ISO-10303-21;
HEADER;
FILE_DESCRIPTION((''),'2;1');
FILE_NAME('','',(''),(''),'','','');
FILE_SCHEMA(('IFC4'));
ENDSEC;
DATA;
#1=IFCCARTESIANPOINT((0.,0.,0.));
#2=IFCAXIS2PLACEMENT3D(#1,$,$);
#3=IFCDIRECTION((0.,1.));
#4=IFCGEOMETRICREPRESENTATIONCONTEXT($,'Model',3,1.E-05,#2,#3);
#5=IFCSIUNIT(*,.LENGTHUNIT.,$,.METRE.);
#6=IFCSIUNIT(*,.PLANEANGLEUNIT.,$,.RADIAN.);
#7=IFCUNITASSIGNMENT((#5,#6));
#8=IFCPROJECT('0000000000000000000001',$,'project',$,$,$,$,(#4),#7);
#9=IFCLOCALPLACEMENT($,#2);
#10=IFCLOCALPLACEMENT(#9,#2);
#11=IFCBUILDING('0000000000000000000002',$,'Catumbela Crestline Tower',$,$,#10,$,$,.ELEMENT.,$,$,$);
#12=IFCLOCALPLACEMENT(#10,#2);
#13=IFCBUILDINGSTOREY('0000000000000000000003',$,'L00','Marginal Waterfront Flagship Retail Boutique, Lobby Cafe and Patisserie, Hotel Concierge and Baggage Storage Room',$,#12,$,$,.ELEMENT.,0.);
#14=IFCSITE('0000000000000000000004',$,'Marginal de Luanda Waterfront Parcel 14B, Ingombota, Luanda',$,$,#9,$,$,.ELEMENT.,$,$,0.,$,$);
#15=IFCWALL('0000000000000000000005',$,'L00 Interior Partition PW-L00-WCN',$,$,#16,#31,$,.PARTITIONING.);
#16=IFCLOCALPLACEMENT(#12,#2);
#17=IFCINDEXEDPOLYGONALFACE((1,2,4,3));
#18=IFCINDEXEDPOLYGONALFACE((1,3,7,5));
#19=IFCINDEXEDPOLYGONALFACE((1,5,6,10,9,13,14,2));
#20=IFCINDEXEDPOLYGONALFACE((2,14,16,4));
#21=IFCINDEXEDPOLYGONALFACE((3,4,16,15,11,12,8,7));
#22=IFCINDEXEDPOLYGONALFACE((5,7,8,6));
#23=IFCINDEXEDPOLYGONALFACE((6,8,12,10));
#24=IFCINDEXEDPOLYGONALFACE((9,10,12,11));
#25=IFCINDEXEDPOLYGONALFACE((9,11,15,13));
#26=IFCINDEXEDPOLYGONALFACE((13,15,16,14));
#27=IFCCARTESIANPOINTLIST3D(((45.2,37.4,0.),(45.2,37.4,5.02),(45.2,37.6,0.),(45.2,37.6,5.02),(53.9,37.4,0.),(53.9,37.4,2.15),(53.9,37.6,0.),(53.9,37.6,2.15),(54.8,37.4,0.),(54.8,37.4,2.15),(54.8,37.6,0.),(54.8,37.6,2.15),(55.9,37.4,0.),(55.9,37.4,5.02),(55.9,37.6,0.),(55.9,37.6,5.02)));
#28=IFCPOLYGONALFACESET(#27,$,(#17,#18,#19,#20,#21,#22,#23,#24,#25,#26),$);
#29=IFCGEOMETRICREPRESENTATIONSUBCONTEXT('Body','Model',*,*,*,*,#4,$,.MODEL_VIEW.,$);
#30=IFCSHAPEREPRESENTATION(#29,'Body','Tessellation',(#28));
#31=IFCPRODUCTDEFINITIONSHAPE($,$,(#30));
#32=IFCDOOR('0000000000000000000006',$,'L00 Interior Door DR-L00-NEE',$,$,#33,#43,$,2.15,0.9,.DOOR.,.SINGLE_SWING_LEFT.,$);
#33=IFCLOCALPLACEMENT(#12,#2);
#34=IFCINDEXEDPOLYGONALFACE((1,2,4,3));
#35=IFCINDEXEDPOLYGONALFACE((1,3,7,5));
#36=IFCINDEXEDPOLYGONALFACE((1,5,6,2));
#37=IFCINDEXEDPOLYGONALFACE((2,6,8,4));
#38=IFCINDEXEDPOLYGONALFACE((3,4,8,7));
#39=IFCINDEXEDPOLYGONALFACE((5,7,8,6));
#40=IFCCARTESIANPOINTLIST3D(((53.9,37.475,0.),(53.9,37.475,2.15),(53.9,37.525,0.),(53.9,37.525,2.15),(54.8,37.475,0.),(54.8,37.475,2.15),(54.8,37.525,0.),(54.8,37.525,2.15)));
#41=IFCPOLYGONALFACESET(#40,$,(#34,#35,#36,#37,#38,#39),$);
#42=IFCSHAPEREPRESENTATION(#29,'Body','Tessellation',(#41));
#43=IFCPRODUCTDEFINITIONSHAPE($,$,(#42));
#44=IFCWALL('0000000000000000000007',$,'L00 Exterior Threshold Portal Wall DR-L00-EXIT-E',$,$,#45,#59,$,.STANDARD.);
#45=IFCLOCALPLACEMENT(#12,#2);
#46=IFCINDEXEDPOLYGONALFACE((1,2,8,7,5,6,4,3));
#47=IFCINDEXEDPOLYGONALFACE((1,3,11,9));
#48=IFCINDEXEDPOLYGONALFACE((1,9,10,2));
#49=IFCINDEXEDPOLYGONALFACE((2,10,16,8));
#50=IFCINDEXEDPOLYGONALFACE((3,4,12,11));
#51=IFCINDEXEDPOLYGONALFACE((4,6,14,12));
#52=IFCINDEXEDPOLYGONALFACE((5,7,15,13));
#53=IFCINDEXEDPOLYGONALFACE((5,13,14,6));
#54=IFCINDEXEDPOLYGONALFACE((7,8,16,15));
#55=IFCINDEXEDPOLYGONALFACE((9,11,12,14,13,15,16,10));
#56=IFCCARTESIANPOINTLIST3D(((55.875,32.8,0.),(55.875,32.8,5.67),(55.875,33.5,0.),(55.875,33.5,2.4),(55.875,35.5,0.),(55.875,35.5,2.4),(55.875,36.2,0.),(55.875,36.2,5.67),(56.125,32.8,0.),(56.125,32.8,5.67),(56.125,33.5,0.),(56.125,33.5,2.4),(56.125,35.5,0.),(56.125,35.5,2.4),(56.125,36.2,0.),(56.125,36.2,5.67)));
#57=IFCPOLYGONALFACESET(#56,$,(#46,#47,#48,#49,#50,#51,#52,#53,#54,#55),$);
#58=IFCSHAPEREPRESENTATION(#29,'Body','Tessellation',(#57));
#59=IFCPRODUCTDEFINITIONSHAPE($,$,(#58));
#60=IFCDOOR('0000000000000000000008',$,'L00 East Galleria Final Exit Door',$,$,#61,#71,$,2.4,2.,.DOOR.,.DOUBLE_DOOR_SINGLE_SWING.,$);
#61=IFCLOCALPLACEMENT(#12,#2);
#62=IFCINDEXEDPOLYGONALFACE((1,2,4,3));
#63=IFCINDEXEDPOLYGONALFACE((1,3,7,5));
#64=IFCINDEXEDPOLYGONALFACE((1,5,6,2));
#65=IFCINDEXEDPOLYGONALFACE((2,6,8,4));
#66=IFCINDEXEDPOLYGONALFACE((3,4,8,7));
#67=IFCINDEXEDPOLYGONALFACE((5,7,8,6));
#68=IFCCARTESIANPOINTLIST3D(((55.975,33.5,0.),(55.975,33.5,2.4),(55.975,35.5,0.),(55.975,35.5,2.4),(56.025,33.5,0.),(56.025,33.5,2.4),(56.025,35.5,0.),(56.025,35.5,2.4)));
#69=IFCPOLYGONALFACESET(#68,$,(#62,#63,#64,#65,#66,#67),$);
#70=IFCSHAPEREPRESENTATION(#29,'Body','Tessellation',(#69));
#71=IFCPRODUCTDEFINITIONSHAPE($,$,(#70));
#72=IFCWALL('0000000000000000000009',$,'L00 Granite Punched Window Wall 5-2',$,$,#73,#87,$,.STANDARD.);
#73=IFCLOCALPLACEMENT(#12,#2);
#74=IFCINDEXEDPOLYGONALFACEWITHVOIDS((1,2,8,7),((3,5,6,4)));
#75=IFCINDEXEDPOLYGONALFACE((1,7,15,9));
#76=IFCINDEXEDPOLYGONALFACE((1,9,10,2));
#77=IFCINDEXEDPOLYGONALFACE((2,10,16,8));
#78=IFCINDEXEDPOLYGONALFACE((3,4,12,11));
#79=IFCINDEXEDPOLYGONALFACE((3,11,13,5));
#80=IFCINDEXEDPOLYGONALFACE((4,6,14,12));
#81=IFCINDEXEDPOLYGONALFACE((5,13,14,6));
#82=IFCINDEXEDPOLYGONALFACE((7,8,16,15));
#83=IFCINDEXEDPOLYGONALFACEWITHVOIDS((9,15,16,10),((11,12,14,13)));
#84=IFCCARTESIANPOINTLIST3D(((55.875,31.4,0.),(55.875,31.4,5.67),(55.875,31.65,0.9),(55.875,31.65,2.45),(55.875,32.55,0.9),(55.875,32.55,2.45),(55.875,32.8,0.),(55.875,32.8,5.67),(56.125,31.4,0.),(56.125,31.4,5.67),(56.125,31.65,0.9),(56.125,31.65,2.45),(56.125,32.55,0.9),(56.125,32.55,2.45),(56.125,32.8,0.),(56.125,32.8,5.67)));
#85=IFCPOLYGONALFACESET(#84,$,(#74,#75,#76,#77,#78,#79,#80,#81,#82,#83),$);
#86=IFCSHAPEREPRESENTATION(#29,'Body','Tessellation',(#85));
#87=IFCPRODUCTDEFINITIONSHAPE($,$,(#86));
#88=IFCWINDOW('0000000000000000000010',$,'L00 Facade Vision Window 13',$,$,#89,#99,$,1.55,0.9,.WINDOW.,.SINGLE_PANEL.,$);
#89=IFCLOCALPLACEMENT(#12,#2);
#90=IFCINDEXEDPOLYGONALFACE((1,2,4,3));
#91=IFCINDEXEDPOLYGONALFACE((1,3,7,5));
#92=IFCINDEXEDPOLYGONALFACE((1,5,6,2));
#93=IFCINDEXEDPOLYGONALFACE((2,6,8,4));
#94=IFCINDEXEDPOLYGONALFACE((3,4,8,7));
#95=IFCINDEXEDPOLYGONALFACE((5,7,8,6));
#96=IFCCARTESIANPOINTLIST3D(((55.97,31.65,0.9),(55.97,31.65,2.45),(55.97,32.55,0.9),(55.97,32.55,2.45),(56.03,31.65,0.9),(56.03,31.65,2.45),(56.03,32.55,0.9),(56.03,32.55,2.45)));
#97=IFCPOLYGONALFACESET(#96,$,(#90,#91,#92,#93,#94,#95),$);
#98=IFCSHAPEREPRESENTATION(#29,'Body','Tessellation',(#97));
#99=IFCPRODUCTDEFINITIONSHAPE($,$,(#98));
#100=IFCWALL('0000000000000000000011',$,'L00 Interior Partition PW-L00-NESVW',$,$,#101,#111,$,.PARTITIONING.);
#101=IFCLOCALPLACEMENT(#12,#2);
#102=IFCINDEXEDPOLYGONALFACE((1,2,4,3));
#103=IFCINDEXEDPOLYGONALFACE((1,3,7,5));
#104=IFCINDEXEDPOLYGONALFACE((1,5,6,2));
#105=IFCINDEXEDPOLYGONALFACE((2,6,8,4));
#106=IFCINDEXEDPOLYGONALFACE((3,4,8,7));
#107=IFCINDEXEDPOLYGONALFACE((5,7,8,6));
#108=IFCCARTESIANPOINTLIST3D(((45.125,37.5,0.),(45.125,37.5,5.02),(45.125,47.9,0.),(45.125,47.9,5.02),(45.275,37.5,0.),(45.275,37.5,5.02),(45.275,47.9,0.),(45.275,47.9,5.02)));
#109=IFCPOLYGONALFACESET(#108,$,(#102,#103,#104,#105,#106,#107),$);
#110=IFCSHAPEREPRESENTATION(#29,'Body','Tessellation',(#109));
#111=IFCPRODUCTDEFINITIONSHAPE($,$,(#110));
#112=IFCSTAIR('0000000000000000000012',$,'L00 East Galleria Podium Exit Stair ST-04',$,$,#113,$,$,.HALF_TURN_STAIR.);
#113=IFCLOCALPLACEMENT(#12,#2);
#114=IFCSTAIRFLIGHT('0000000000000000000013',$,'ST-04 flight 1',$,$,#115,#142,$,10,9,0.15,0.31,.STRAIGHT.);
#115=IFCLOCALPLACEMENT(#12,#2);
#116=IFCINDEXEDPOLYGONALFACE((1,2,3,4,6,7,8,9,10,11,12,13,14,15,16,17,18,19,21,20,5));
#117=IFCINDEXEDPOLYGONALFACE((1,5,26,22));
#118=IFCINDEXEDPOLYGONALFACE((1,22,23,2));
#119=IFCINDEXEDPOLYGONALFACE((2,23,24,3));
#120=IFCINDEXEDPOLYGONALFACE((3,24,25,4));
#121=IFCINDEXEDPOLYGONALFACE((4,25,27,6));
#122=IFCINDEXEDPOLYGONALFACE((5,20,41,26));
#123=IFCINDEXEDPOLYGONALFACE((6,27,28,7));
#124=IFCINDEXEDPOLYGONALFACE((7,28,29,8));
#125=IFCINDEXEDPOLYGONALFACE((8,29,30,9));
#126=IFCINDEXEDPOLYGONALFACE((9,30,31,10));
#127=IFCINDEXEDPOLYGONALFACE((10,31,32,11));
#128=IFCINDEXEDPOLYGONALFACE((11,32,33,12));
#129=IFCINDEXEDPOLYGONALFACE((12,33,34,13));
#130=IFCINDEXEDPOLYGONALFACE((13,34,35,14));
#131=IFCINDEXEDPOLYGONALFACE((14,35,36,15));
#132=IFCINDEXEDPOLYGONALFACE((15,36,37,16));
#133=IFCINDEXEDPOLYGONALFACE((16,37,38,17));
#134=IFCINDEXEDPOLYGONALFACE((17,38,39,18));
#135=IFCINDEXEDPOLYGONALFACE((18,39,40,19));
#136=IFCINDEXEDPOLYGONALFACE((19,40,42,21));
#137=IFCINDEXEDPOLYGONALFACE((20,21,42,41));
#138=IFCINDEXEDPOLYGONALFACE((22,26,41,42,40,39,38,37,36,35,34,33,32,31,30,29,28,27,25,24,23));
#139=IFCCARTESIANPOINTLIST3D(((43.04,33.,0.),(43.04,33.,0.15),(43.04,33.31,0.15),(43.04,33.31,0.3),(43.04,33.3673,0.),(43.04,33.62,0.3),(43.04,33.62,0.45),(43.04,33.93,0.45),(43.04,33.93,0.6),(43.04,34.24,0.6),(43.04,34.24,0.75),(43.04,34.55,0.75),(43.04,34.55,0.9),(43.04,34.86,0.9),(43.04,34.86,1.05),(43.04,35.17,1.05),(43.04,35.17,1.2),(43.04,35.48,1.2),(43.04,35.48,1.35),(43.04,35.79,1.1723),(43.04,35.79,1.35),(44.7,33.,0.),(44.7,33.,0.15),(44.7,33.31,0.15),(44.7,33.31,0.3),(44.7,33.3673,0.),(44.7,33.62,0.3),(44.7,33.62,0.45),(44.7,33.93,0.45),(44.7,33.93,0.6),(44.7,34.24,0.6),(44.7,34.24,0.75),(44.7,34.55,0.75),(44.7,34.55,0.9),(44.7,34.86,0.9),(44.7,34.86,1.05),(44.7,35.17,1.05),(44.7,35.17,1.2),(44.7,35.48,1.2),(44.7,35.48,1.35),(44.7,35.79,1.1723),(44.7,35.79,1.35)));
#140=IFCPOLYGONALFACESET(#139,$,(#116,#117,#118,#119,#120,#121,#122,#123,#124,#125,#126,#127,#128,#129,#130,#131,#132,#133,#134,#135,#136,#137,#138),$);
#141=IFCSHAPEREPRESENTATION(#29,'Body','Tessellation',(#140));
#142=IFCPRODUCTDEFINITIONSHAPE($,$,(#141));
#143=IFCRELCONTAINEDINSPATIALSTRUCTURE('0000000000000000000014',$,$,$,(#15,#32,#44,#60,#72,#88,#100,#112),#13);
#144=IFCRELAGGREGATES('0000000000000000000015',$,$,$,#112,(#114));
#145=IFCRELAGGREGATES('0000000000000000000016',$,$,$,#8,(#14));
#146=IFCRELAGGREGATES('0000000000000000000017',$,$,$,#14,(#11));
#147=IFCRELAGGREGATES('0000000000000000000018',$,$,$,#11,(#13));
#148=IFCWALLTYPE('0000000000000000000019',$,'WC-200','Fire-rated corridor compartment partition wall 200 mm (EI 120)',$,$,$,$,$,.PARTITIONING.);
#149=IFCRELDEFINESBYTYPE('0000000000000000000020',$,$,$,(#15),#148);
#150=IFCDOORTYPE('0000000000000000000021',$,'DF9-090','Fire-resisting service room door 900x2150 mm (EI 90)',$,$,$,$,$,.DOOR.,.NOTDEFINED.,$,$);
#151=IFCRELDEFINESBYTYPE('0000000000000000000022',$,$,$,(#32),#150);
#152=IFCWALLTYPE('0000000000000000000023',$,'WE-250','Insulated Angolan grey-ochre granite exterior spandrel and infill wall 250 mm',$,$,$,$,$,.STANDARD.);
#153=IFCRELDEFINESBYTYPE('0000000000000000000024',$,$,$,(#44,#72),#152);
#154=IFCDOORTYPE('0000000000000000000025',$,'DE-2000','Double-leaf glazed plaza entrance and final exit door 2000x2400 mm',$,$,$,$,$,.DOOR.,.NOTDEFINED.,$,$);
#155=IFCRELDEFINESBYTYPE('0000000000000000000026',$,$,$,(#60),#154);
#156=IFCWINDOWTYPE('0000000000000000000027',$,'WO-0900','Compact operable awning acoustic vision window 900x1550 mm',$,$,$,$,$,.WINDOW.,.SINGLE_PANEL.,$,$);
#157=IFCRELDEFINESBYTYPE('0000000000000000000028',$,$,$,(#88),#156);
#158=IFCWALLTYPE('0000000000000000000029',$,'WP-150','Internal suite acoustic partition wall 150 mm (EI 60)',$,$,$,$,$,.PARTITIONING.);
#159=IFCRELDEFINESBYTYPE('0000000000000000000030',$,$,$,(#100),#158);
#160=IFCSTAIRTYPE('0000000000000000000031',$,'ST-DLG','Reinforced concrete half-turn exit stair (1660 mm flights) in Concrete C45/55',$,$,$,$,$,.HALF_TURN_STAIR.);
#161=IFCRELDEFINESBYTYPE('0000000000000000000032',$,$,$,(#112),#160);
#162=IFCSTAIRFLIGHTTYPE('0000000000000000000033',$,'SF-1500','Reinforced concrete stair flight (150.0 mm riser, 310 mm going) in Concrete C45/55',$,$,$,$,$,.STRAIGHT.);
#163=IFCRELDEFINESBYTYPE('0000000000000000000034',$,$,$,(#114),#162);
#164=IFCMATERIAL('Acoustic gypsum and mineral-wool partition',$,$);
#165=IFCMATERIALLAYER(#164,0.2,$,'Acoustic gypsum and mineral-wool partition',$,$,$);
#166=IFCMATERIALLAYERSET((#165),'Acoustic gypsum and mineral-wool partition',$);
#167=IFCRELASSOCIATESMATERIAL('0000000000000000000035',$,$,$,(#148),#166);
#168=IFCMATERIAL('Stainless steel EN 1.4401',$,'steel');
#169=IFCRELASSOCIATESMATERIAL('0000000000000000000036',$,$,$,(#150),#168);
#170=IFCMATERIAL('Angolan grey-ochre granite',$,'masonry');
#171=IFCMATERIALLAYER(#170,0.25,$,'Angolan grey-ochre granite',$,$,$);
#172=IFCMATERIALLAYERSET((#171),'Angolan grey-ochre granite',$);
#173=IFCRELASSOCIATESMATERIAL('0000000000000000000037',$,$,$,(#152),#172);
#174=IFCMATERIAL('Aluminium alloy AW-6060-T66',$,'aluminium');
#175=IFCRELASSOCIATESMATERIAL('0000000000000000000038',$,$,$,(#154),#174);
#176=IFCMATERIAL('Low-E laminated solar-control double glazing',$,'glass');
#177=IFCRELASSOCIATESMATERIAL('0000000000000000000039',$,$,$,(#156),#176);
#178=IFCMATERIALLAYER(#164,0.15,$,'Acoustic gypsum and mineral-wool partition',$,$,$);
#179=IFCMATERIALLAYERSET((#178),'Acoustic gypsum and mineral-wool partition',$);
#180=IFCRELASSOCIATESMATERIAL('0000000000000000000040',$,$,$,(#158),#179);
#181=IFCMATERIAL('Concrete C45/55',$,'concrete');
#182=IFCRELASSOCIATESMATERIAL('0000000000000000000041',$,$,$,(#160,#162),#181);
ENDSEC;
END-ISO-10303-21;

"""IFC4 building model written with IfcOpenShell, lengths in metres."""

from ifc_helpers import new_model, si_unit, direction, frame, frame_2d, origin, place, context, subcontext, project, spatial, polyline, rectangle, outline, extrude, material, layer, layer_set, type_object, element, fill, aggregate, save


model = new_model("IFC4")

# Units and contexts
model_context = context("Model", 3, precision=1e-05, world=origin(), true_north=direction((0.0, 1.0)))
body_context = subcontext(model_context, "Body", "Model", "MODEL_VIEW")
ifc_project = project(units=[si_unit("LENGTHUNIT", "METRE"), si_unit("PLANEANGLEUNIT", "RADIAN")], contexts=[model_context])

# Site, building, storey
site_placement = place(None, origin())
site = spatial("IfcSite", under=ifc_project, at=site_placement, Name="Marginal de Luanda Waterfront Parcel 14B, Ingombota, Luanda", CompositionType="ELEMENT", RefElevation=0.0)
building_placement = place(site_placement, origin())
building = spatial("IfcBuilding", under=site, at=building_placement, Name="Catumbela Crestline Tower", CompositionType="ELEMENT")
storey_placement = place(building_placement, origin())
storey = spatial("IfcBuildingStorey", under=building, at=storey_placement, Name="L00", Description="Marginal Waterfront Flagship Retail Boutique, Lobby Cafe and Patisserie, Hotel Concierge and Baggage Storage Room", CompositionType="ELEMENT", Elevation=0.0)

# Shared definitions
ifc_material_1 = material(Name="Aluminium alloy AW-6060-T66", Category="aluminium")
ifc_material_2 = material(Name="Low-E laminated solar-control double glazing", Category="glass")

# Walls, openings, doors
ifc_material_3 = material(Name="Stainless steel EN 1.4401", Category="steel")
ifc_material_4 = material(Name="Acoustic gypsum and mineral-wool partition")
ifc_layer_1 = layer(ifc_material_4, 0.2, Name="Acoustic gypsum and mineral-wool partition")
ifc_layer_set_1 = layer_set([ifc_layer_1], Name="Acoustic gypsum and mineral-wool partition")
wall_type_1 = type_object("IfcWallType", Name="WC-200", Description="Fire-rated corridor compartment partition wall 200 mm (EI 120)", PredefinedType="PARTITIONING", material=ifc_layer_set_1)
wall_1_placement = place(storey_placement, frame((45.2, 37.5, 0.0), z_axis=(0.0, 0.0, 1.0), x_axis=(1.0, 0.0, 0.0)))
wall_1 = element("IfcWall", 1, at=wall_1_placement, inside=storey, type_object=wall_type_1, Name="L00 Interior Partition PW-L00-WCN", PredefinedType="PARTITIONING", context=body_context, shape_type="SweptSolid", body=[
    extrude(rectangle(XDim=10.7, YDim=0.2, at=frame_2d((5.35, 0.0))), origin(), (0.0, 0.0, 1.0), 5.02),
])
opening_1_placement = place(wall_1_placement, frame((8.7, 0.0, 0.0)))
opening_1 = element("IfcOpeningElement", 2, at=opening_1_placement, cuts=wall_1, PredefinedType="OPENING", context=body_context, shape_type="SweptSolid", body=[
    extrude(rectangle(XDim=0.9, YDim=2.15, at=frame_2d((0.45, 1.075))), frame((0.0, 0.11, 0.0), z_axis=(0.0, -1.0, 0.0), x_axis=(1.0, 0.0, 0.0)), (0.0, 0.0, 1.0), 0.22),
])
door_type_1 = type_object("IfcDoorType", Name="DF9-090", Description="Fire-resisting service room door 900x2150 mm (EI 90)", OperationType="NOTDEFINED", PredefinedType="DOOR", material=ifc_material_3)
door_1_placement = place(opening_1_placement, origin())
door_1 = element("IfcDoor", 3, at=door_1_placement, inside=storey, type_object=door_type_1, Name="L00 Interior Door DR-L00-NEE", OperationType="SINGLE_SWING_LEFT", OverallHeight=2.15, OverallWidth=0.9, PredefinedType="DOOR", context=body_context, shape_type="SweptSolid", body=[
    extrude(rectangle(XDim=0.9, YDim=2.15, at=frame_2d((0.45, 1.075))), frame((0.0, 0.025, 0.0), z_axis=(0.0, -1.0, 0.0), x_axis=(1.0, 0.0, 0.0)), (0.0, 0.0, 1.0), 0.05),
])
fill(opening_1, door_1)
ifc_material_5 = material(Name="Angolan grey-ochre granite", Category="masonry")
ifc_layer_2 = layer(ifc_material_5, 0.25, Name="Angolan grey-ochre granite")
ifc_layer_set_2 = layer_set([ifc_layer_2], Name="Angolan grey-ochre granite")
wall_type_2 = type_object("IfcWallType", Name="WE-250", Description="Insulated Angolan grey-ochre granite exterior spandrel and infill wall 250 mm", PredefinedType="STANDARD", material=ifc_layer_set_2)
wall_2_placement = place(storey_placement, frame((56.0, 36.2, 0.0), z_axis=(0.0, 0.0, 1.0), x_axis=(0.0, -1.0, 0.0)))
wall_2 = element("IfcWall", 4, at=wall_2_placement, inside=storey, type_object=wall_type_2, Name="L00 Exterior Threshold Portal Wall DR-L00-EXIT-E", PredefinedType="STANDARD", context=body_context, shape_type="SweptSolid", body=[
    extrude(rectangle(XDim=3.4, YDim=0.25, at=frame_2d((1.7, 0.0))), origin(), (0.0, 0.0, 1.0), 5.67),
])
opening_2_placement = place(wall_2_placement, frame((0.7, 0.0, 0.0)))
opening_2 = element("IfcOpeningElement", 5, at=opening_2_placement, cuts=wall_2, PredefinedType="OPENING", context=body_context, shape_type="SweptSolid", body=[
    extrude(rectangle(XDim=2.0, YDim=2.4, at=frame_2d((1.0, 1.2))), frame((0.0, 0.135, 0.0), z_axis=(0.0, -1.0, 0.0), x_axis=(1.0, 0.0, 0.0)), (0.0, 0.0, 1.0), 0.27),
])
door_type_2 = type_object("IfcDoorType", Name="DE-2000", Description="Double-leaf glazed plaza entrance and final exit door 2000x2400 mm", OperationType="NOTDEFINED", PredefinedType="DOOR", material=ifc_material_1)
door_2_placement = place(opening_2_placement, origin())
door_2 = element("IfcDoor", 6, at=door_2_placement, inside=storey, type_object=door_type_2, Name="L00 East Galleria Final Exit Door", OperationType="DOUBLE_DOOR_SINGLE_SWING", OverallHeight=2.4, OverallWidth=2.0, PredefinedType="DOOR", context=body_context, shape_type="SweptSolid", body=[
    extrude(rectangle(XDim=2.0, YDim=2.4, at=frame_2d((1.0, 1.2))), frame((0.0, 0.025, 0.0), z_axis=(0.0, -1.0, 0.0), x_axis=(1.0, 0.0, 0.0)), (0.0, 0.0, 1.0), 0.05),
])
fill(opening_2, door_2)

# Wall, opening, window
wall_3_placement = place(storey_placement, frame((56.0, 31.4, 0.0), z_axis=(0.0, 0.0, 1.0), x_axis=(0.0, 1.0, 0.0)))
wall_3 = element("IfcWall", 7, at=wall_3_placement, inside=storey, type_object=wall_type_2, Name="L00 Granite Punched Window Wall 5-2", PredefinedType="STANDARD", context=body_context, shape_type="SweptSolid", body=[
    extrude(rectangle(XDim=1.4, YDim=0.25, at=frame_2d((0.7, 0.0))), origin(), (0.0, 0.0, 1.0), 5.67),
])
opening_3_placement = place(wall_3_placement, frame((0.25, 0.0, 0.9)))
opening_3 = element("IfcOpeningElement", 8, at=opening_3_placement, cuts=wall_3, PredefinedType="OPENING", context=body_context, shape_type="SweptSolid", body=[
    extrude(rectangle(XDim=0.9, YDim=1.55, at=frame_2d((0.45, 0.775))), frame((0.0, 0.135, 0.0), z_axis=(0.0, -1.0, 0.0), x_axis=(1.0, 0.0, 0.0)), (0.0, 0.0, 1.0), 0.27),
])
window_type = type_object("IfcWindowType", Name="WO-0900", Description="Compact operable awning acoustic vision window 900x1550 mm", PartitioningType="SINGLE_PANEL", PredefinedType="WINDOW", material=ifc_material_2)
window_placement = place(opening_3_placement, origin())
window = element("IfcWindow", 9, at=window_placement, inside=storey, type_object=window_type, Name="L00 Facade Vision Window 13", OverallHeight=1.55, OverallWidth=0.9, PartitioningType="SINGLE_PANEL", PredefinedType="WINDOW", context=body_context, shape_type="SweptSolid", body=[
    extrude(rectangle(XDim=0.9, YDim=1.55, at=frame_2d((0.45, 0.775))), frame((0.0, 0.03, 0.0), z_axis=(0.0, -1.0, 0.0), x_axis=(1.0, 0.0, 0.0)), (0.0, 0.0, 1.0), 0.06),
])
fill(opening_3, window)

# Wall
ifc_layer_3 = layer(ifc_material_4, 0.15, Name="Acoustic gypsum and mineral-wool partition")
ifc_layer_set_3 = layer_set([ifc_layer_3], Name="Acoustic gypsum and mineral-wool partition")
wall_type_3 = type_object("IfcWallType", Name="WP-150", Description="Internal suite acoustic partition wall 150 mm (EI 60)", PredefinedType="PARTITIONING", material=ifc_layer_set_3)
wall_4_placement = place(storey_placement, frame((45.2, 37.5, 0.0), z_axis=(0.0, 0.0, 1.0), x_axis=(0.0, 1.0, 0.0)))
element("IfcWall", 10, at=wall_4_placement, inside=storey, type_object=wall_type_3, Name="L00 Interior Partition PW-L00-NESVW", PredefinedType="PARTITIONING", context=body_context, shape_type="SweptSolid", body=[
    extrude(rectangle(XDim=10.4, YDim=0.15, at=frame_2d((5.2, 0.0))), origin(), (0.0, 0.0, 1.0), 5.02),
])

# Stair, stair flight
ifc_material_6 = material(Name="Concrete C45/55", Category="concrete")
stair_type = type_object("IfcStairType", Name="ST-DLG", Description="Reinforced concrete half-turn exit stair (1660 mm flights) in Concrete C45/55", PredefinedType="HALF_TURN_STAIR", material=ifc_material_6)
stair_placement = place(storey_placement, origin())
stair = element("IfcStair", 11, at=stair_placement, inside=storey, type_object=stair_type, Name="L00 East Galleria Podium Exit Stair ST-04", PredefinedType="HALF_TURN_STAIR")
stair_flight_type = type_object("IfcStairFlightType", Name="SF-1500", Description="Reinforced concrete stair flight (150.0 mm riser, 310 mm going) in Concrete C45/55", PredefinedType="STRAIGHT", material=ifc_material_6)
stair_flight_1_placement = place(storey_placement, frame((43.87, 33.0, 0.0), z_axis=(0.0, 0.0, 1.0), x_axis=(0.0, 1.0, 0.0)))
stair_flight_1 = element("IfcStairFlight", 12, at=stair_flight_1_placement, type_object=stair_flight_type, Name="ST-04 flight 1", NumberOfRisers=10, NumberOfTreads=9, PredefinedType="STRAIGHT", RiserHeight=0.15, TreadLength=0.31, context=body_context, shape_type="SweptSolid", body=[
    extrude(outline(polyline([(0.0, 0.0), (0.0, 0.15), (0.31, 0.15), (0.31, 0.3), (0.62, 0.3), (0.62, 0.45), (0.93, 0.45), (0.93, 0.6), (1.24, 0.6), (1.24, 0.75), (1.55, 0.75), (1.55, 0.9), (1.86, 0.9), (1.86, 1.05), (2.17, 1.05), (2.17, 1.2), (2.48, 1.2), (2.48, 1.35), (2.79, 1.35), (2.79, 1.5), (2.79, 1.1723), (0.3673, 0.0), (0.0, 0.0)])), frame((0.0, 0.83, 0.0), z_axis=(0.0, -1.0, 0.0), x_axis=(1.0, 0.0, 0.0)), (0.0, 0.0, 1.0), 1.66),
])
aggregate(stair, [stair_flight_1])

save(model, "model.ifc")
